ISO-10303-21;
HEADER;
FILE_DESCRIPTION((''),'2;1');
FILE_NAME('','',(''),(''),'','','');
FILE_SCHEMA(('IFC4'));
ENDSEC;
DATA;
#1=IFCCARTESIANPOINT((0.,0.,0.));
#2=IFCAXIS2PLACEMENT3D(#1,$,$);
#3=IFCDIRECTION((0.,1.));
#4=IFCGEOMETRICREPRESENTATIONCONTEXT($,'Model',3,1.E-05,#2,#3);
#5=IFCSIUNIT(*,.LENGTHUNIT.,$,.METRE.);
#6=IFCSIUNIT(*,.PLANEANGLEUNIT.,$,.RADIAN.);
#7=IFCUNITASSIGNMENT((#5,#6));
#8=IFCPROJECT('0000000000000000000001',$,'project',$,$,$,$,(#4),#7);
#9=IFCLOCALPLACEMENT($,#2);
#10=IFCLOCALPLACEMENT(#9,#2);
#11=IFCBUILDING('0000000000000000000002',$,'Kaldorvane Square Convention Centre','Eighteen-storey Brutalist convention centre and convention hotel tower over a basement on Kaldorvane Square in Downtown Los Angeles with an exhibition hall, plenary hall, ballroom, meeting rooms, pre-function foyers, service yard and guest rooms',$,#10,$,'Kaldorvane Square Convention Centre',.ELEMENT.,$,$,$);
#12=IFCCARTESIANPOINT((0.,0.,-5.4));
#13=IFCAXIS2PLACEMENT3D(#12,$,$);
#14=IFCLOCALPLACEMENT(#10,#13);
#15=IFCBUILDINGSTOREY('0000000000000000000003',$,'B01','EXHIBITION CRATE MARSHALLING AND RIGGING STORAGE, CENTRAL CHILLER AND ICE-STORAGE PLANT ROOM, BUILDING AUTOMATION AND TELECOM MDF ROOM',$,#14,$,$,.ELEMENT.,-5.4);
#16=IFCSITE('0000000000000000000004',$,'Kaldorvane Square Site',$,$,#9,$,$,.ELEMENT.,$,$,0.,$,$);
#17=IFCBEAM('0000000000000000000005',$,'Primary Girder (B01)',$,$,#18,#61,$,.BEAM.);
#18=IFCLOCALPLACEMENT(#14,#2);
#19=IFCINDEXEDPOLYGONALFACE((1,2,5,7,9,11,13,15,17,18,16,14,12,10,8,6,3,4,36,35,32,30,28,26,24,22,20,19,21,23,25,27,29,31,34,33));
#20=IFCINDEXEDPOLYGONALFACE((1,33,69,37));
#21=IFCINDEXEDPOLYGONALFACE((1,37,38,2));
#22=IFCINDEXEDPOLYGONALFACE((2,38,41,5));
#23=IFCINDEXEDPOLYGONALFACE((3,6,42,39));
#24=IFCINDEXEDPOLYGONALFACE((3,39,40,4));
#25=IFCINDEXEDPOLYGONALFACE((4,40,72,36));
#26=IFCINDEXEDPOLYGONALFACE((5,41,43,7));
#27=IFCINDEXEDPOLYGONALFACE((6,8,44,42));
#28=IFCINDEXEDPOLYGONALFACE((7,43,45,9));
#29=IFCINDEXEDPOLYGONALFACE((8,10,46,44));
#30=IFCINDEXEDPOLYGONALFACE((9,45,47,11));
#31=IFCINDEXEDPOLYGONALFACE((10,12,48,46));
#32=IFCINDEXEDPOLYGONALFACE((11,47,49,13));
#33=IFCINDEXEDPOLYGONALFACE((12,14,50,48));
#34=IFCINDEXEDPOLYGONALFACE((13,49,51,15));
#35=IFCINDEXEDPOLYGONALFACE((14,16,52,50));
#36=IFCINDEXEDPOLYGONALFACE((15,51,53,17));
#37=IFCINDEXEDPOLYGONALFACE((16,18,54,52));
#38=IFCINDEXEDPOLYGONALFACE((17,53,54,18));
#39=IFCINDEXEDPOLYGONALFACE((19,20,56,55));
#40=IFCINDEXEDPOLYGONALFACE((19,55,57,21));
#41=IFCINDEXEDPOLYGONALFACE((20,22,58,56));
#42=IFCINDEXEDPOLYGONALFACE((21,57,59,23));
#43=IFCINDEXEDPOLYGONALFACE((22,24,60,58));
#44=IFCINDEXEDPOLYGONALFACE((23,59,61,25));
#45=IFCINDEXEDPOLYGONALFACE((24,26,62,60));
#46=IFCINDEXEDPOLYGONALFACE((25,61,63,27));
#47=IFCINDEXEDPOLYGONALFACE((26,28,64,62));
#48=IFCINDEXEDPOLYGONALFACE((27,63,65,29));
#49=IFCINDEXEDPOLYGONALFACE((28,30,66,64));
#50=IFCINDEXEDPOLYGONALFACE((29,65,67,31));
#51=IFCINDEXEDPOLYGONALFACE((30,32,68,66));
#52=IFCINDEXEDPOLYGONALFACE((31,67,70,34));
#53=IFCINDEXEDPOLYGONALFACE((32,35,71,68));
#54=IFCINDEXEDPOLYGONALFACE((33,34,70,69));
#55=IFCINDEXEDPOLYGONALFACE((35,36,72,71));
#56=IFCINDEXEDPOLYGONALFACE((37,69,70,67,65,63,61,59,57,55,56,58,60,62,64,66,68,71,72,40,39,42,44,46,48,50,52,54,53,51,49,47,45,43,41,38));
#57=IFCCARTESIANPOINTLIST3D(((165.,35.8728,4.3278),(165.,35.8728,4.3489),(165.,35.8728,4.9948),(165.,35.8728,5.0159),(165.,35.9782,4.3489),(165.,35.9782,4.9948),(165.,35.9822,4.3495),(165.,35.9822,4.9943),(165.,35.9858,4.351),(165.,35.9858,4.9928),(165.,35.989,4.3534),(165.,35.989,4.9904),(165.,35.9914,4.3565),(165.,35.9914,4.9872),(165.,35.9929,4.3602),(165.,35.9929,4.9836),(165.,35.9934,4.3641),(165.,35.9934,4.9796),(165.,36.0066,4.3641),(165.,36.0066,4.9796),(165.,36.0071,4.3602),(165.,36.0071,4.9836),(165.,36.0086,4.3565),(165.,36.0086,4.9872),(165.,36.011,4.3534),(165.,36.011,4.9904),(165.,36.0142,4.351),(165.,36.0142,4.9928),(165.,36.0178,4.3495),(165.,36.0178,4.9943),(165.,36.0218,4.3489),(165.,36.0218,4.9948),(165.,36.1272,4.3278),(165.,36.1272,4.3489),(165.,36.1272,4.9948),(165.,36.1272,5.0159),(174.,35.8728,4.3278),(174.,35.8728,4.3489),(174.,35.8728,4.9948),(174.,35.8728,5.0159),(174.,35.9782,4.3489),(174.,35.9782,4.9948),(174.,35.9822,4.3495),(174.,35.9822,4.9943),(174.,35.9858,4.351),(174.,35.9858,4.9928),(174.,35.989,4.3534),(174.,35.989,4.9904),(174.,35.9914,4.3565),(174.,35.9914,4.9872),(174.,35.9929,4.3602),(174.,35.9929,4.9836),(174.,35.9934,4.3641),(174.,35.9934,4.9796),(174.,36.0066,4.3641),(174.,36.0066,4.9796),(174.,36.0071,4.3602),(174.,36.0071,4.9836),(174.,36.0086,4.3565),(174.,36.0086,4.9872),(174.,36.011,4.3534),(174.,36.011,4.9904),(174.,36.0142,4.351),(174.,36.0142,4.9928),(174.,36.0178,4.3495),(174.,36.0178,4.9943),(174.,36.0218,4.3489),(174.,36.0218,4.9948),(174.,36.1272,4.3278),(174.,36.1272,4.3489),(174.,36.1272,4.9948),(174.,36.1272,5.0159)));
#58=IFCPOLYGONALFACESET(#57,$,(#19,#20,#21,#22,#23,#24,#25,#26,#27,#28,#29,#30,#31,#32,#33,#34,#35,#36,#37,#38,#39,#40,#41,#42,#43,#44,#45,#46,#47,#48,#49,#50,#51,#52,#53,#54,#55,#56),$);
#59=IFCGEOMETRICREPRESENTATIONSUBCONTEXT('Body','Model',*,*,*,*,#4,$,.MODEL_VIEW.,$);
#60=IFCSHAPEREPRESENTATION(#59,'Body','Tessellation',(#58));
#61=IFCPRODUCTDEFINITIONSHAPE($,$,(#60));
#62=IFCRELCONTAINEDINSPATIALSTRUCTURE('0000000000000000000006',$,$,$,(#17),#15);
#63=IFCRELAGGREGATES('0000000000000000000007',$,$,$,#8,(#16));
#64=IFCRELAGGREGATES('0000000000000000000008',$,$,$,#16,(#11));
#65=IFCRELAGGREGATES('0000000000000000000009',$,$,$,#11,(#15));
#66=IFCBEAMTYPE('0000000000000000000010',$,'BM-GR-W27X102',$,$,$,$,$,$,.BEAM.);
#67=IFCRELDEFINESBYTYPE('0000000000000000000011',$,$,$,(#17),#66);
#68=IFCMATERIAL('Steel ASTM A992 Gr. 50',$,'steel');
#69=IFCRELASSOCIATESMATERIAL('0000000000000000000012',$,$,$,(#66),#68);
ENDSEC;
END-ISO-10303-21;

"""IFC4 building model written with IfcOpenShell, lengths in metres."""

from ifc_helpers import new_model, si_unit, direction, frame, origin, origin_2d, place, context, subcontext, project, spatial, i_section, extrude, material, material_profile, profile_set, type_object, element, save


model = new_model("IFC4")

# Units and contexts
model_context = context("Model", 3, precision=1e-05, world=origin(), true_north=direction((0.0, 1.0)))
body_context = subcontext(model_context, "Body", "Model", "MODEL_VIEW")
ifc_project = project(units=[si_unit("LENGTHUNIT", "METRE"), si_unit("PLANEANGLEUNIT", "RADIAN")], contexts=[model_context])

# Site, building, storey
site_placement = place(None, origin())
site = spatial("IfcSite", under=ifc_project, at=site_placement, Name="Kaldorvane Square Site", CompositionType="ELEMENT", RefElevation=0.0)
building_placement = place(site_placement, origin())
building = spatial("IfcBuilding", under=site, at=building_placement, Name="Kaldorvane Square Convention Centre", Description="Eighteen-storey Brutalist convention centre and convention hotel tower over a basement on Kaldorvane Square in Downtown Los Angeles with an exhibition hall, plenary hall, ballroom, meeting rooms, pre-function foyers, service yard and guest rooms", LongName="Kaldorvane Square Convention Centre", CompositionType="ELEMENT")
storey_placement = place(building_placement, frame((0.0, 0.0, -5.4)))
storey = spatial("IfcBuildingStorey", under=building, at=storey_placement, Name="B01", Description="EXHIBITION CRATE MARSHALLING AND RIGGING STORAGE, CENTRAL CHILLER AND ICE-STORAGE PLANT ROOM, BUILDING AUTOMATION AND TELECOM MDF ROOM", CompositionType="ELEMENT", Elevation=-5.4)

# Shared definitions
ifc_material_1 = material(Name="Steel ASTM A992 Gr. 50", Category="steel")

# Beam
ifc_material_profile_1 = material_profile(ifc_material_1, i_section(OverallWidth=0.2544, OverallDepth=0.6881, WebThickness=0.0131, FlangeThickness=0.0211, FilletRadius=0.0152, at=origin_2d()), Name="W27X102")
ifc_profile_set_1 = profile_set([ifc_material_profile_1], Name="Steel ASTM A992 Gr. 50")
beam_type = type_object("IfcBeamType", Name="BM-GR-W27X102", PredefinedType="BEAM", material=ifc_profile_set_1)
beam_placement = place(storey_placement, frame((165.0, 36.0, 4.6719), z_axis=(1.0, 0.0, 0.0), x_axis=(0.0, 1.0, 0.0)))
element("IfcBeam", 1, at=beam_placement, inside=storey, type_object=beam_type, Name="Primary Girder (B01)", PredefinedType="BEAM", context=body_context, shape_type="SweptSolid", body=[
    extrude(i_section(OverallWidth=0.2544, OverallDepth=0.6881, WebThickness=0.0131, FlangeThickness=0.0211, FilletRadius=0.0152, at=origin_2d()), origin(), (0.0, 0.0, 1.0), 9.0),
])

save(model, "model.ifc")
